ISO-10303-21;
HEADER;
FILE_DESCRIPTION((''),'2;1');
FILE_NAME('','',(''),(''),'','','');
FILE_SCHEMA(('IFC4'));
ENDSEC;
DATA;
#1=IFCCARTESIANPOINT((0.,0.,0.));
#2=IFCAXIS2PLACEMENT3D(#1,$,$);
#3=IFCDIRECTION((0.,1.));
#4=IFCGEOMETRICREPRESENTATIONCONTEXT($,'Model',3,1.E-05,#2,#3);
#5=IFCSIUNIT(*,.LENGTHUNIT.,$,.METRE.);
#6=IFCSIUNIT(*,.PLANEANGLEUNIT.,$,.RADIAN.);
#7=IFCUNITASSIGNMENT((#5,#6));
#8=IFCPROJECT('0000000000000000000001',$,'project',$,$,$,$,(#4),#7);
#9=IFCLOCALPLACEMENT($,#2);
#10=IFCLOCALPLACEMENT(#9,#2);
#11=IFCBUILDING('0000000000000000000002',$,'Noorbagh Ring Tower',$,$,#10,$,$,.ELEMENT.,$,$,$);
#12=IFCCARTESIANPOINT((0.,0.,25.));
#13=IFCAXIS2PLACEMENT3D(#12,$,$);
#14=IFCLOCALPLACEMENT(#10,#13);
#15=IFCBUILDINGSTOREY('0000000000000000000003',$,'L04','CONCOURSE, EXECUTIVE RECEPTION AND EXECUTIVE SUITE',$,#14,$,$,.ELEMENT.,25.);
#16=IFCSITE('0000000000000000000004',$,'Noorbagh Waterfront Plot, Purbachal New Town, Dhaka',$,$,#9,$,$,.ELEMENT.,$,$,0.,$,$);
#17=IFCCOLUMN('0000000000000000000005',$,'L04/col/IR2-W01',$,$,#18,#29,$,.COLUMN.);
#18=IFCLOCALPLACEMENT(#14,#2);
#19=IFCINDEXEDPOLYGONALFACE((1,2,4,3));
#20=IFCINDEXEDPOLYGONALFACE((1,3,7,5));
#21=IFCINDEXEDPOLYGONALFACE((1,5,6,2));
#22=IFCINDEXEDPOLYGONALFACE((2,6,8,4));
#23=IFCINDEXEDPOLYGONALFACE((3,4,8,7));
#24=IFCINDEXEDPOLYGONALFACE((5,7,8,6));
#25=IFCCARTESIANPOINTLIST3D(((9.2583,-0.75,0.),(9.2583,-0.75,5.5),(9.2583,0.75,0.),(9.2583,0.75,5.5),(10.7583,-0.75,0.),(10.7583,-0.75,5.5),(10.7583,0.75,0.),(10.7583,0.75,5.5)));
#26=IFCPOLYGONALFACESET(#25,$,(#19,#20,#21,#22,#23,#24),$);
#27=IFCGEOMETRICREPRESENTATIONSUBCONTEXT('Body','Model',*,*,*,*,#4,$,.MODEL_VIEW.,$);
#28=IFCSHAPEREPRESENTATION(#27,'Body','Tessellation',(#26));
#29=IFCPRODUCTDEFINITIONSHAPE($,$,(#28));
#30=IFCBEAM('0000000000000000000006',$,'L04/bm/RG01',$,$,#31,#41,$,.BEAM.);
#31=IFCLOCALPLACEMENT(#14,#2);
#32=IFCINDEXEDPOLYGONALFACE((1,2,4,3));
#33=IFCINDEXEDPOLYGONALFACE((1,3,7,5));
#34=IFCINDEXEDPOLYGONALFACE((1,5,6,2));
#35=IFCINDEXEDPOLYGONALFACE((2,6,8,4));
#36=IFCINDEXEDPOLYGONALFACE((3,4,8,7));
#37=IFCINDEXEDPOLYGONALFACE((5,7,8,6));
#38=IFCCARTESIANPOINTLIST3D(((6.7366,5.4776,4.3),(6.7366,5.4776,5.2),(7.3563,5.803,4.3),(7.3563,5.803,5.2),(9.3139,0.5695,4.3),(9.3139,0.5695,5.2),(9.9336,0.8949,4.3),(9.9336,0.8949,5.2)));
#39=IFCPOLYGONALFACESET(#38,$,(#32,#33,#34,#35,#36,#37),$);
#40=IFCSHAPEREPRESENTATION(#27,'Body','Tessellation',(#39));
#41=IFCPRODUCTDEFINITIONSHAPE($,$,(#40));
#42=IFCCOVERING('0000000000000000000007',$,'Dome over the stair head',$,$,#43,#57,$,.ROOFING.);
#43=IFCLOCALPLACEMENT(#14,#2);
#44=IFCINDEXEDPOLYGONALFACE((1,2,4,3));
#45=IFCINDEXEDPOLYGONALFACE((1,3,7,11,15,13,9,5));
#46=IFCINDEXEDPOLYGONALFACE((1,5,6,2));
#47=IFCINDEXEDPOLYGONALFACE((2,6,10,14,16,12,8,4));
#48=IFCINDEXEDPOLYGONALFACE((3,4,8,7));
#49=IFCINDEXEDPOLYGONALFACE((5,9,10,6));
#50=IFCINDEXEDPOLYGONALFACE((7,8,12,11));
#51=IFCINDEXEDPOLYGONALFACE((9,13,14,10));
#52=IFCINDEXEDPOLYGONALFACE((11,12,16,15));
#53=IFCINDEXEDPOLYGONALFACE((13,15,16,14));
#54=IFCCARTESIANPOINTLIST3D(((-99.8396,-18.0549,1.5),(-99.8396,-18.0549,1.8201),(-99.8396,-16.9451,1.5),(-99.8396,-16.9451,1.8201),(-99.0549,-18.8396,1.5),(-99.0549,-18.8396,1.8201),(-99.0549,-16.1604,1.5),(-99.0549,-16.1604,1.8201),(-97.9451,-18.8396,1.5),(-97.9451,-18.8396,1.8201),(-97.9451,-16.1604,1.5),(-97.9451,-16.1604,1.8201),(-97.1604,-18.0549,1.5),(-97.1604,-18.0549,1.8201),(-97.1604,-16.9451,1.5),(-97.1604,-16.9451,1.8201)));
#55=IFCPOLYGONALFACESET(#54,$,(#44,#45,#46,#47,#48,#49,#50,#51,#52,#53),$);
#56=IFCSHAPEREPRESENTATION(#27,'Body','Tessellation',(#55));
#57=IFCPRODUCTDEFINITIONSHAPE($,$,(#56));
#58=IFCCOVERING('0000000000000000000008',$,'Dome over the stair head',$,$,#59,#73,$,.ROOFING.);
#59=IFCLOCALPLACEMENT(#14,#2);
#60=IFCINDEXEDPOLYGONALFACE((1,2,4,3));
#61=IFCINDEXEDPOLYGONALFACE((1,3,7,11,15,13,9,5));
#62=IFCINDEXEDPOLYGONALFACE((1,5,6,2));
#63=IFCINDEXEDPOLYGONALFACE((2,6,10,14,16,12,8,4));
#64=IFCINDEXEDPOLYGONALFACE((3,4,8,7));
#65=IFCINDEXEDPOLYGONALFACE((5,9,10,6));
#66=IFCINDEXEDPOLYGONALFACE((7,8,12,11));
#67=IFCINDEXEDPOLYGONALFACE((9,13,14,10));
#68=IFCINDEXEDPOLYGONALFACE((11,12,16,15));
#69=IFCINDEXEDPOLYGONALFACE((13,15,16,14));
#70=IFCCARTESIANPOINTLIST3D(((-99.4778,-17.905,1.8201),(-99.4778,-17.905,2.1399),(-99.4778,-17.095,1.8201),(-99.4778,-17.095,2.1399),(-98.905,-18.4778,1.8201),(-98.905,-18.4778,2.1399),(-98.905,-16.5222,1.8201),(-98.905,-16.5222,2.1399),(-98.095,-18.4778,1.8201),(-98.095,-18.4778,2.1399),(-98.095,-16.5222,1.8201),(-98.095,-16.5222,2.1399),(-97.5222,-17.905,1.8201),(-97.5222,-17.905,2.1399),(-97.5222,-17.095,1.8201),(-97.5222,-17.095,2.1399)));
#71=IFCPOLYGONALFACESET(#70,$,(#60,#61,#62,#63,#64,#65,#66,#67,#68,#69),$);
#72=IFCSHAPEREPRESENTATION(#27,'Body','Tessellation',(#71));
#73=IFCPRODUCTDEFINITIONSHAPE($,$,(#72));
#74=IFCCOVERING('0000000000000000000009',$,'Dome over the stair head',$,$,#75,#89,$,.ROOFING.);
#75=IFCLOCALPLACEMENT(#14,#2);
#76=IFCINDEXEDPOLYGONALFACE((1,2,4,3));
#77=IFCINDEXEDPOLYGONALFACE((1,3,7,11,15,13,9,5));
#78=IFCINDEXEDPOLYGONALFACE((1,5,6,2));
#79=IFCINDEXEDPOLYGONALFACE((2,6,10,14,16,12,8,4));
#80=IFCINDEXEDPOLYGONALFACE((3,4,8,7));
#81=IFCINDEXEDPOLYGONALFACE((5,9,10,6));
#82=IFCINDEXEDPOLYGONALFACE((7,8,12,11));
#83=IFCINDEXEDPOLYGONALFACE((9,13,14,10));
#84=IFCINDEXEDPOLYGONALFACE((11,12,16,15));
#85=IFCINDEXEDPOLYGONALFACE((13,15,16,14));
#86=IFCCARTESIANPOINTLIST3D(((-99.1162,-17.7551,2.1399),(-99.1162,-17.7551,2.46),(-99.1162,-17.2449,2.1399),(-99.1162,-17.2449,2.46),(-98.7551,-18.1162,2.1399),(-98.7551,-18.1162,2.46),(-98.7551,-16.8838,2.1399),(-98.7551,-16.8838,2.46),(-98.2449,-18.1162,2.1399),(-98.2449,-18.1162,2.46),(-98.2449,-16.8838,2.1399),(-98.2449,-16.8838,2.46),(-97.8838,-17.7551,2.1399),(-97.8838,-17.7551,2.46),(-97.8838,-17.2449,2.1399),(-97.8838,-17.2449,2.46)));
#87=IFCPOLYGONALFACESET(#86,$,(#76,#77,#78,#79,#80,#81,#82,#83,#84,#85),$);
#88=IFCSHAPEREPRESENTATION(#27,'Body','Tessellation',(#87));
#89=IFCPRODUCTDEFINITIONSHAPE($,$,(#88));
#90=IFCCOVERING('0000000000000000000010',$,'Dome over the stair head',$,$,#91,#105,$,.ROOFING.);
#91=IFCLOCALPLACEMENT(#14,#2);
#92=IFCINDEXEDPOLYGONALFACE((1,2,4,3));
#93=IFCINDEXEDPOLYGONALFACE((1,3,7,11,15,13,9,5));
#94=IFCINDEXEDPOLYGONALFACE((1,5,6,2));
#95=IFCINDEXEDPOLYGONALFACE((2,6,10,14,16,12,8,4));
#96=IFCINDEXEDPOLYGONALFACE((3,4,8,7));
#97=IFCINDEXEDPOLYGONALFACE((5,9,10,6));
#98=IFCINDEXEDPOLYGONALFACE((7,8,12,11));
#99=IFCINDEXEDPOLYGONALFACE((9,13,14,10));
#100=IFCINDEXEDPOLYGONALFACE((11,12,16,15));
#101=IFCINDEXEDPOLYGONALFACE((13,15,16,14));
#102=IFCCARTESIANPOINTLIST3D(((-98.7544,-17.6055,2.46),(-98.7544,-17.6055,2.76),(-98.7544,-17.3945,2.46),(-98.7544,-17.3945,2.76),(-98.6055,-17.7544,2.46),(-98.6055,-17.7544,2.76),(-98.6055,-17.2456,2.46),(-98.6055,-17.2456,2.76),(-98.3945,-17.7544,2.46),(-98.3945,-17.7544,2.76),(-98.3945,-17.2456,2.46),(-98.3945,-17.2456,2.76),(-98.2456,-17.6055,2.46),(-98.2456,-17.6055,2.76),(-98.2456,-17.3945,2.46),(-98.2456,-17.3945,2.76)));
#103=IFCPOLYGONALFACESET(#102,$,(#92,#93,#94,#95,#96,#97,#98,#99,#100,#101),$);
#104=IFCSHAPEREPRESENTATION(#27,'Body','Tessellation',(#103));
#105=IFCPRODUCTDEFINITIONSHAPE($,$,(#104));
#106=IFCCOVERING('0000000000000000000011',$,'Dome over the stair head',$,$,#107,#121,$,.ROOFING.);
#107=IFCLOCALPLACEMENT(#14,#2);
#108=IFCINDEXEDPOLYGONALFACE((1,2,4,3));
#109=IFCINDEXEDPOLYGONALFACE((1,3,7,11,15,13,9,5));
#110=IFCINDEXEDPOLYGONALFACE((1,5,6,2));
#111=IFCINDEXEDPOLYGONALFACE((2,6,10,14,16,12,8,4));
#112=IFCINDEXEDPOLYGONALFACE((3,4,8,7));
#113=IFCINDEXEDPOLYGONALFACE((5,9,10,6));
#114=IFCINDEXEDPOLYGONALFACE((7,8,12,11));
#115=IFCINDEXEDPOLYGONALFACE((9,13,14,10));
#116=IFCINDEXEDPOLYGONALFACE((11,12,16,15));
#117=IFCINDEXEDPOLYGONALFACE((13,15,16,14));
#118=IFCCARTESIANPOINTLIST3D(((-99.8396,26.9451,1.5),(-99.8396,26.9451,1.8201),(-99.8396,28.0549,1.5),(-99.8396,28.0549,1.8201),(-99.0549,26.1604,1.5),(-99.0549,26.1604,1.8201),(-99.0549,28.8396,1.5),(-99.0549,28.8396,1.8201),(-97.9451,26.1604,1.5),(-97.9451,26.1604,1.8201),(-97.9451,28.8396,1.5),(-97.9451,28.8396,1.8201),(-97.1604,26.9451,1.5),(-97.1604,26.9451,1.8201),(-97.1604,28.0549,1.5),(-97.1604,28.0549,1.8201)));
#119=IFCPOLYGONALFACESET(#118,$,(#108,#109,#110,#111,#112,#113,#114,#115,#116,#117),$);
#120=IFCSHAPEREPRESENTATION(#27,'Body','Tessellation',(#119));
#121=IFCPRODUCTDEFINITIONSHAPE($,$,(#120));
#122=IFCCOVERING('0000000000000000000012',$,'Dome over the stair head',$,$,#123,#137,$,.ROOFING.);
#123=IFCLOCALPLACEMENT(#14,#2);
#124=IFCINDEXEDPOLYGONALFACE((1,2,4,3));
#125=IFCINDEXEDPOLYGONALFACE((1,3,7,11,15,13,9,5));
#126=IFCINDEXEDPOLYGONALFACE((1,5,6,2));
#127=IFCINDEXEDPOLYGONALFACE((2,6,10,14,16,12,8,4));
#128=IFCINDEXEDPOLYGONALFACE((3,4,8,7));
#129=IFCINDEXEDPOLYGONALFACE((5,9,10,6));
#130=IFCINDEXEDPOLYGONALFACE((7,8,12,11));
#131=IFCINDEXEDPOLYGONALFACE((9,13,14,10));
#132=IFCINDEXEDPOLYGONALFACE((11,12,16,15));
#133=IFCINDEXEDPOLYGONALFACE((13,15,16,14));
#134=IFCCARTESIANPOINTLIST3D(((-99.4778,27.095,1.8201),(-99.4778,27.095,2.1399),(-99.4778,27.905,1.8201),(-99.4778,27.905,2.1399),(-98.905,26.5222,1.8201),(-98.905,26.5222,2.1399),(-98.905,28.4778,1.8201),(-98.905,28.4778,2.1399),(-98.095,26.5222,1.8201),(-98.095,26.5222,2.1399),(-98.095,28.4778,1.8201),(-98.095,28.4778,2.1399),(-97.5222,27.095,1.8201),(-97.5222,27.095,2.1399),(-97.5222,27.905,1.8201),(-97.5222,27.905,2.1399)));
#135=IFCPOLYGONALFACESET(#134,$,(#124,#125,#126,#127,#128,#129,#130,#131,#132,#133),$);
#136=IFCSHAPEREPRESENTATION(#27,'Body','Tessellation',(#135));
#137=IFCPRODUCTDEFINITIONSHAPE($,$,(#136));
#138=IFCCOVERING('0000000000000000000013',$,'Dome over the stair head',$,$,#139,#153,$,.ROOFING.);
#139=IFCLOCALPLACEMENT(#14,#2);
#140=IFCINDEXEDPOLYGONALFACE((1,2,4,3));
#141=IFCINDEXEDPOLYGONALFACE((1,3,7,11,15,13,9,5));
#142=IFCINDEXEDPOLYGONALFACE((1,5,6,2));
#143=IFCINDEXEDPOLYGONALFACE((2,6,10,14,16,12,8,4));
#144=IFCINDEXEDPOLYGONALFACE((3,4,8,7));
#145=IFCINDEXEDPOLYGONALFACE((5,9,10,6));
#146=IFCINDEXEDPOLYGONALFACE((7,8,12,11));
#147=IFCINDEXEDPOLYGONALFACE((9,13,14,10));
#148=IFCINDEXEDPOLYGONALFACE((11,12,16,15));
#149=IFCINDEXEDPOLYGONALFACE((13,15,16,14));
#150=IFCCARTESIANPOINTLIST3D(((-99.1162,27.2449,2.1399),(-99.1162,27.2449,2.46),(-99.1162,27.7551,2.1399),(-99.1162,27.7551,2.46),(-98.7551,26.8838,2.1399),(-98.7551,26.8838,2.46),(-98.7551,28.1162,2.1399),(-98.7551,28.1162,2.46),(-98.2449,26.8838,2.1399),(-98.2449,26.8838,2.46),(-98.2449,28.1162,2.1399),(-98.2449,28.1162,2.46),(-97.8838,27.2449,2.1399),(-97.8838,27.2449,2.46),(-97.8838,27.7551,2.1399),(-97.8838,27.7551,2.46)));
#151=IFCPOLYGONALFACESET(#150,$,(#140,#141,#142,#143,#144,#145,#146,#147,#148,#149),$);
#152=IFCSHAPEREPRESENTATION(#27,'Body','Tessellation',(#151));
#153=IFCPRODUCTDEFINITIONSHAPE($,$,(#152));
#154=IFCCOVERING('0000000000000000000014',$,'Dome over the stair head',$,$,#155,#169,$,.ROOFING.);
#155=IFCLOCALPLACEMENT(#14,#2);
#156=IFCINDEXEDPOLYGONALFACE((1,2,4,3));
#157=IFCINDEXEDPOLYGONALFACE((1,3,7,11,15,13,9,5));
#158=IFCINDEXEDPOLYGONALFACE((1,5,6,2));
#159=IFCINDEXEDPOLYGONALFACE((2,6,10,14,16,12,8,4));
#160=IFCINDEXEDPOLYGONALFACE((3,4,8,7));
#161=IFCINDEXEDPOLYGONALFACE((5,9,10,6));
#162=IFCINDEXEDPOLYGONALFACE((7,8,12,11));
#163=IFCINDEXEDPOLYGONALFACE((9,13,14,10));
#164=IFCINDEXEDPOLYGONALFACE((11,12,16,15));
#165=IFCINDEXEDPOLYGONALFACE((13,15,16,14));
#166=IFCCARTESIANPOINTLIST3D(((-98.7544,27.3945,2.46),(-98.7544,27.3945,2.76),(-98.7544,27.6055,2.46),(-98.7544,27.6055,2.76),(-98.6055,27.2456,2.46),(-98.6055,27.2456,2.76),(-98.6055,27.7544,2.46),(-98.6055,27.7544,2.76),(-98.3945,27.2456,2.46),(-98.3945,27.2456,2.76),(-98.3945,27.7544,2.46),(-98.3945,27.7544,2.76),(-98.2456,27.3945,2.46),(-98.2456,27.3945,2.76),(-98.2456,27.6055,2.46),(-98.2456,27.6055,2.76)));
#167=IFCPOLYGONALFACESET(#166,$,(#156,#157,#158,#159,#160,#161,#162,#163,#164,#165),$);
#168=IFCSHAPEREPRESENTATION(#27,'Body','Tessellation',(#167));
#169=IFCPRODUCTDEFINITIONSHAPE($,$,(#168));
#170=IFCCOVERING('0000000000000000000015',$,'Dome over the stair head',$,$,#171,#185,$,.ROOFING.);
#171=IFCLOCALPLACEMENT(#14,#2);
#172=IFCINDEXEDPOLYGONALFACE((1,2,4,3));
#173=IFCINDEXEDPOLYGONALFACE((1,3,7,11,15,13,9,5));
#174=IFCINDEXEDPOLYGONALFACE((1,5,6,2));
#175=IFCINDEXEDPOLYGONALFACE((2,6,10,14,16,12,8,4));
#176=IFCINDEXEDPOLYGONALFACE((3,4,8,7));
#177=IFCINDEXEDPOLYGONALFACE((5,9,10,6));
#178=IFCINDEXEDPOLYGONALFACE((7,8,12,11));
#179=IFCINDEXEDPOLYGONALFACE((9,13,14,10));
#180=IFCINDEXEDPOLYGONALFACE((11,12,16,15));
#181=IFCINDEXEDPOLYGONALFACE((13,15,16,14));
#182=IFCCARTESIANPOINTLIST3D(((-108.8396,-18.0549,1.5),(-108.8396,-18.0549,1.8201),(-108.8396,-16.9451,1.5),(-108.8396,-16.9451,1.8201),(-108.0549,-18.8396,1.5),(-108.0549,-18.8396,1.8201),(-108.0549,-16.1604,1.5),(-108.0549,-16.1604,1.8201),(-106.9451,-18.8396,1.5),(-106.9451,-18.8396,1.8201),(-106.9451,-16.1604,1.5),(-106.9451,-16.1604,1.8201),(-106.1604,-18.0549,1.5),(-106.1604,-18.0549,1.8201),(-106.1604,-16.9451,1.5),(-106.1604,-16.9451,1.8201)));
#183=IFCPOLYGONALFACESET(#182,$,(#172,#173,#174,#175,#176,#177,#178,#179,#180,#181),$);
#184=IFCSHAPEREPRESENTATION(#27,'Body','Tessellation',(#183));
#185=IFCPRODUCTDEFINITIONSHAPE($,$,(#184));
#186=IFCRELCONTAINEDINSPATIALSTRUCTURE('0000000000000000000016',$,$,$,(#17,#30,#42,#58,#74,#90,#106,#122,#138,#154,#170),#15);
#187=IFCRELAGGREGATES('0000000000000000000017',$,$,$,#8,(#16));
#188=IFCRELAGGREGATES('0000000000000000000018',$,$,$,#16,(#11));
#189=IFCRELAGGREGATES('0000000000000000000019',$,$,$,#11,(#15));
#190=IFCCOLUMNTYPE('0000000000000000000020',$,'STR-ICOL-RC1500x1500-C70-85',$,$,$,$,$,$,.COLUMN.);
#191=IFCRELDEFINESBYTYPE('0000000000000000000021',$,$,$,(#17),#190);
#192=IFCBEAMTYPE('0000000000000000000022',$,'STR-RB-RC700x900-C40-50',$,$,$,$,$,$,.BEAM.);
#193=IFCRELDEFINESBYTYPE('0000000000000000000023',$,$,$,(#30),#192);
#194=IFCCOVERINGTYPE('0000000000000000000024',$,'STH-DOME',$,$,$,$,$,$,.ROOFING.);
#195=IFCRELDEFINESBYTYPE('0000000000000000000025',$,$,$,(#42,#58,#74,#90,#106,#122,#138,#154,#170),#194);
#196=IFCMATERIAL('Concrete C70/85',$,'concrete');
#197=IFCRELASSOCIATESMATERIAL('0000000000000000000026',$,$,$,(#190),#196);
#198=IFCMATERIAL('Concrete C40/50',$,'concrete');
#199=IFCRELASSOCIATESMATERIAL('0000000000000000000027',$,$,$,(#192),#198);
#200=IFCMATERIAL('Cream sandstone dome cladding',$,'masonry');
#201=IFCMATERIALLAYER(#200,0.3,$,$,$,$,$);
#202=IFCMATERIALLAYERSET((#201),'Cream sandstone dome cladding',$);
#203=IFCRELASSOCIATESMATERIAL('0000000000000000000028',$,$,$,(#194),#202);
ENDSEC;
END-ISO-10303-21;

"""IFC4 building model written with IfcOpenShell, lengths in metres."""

from ifc_helpers import new_model, si_unit, direction, frame, origin, origin_2d, place, context, subcontext, project, spatial, polyline, rectangle, outline, extrude, material, layer, layer_set, material_profile, profile_set, type_object, element, save


model = new_model("IFC4")

# Units and contexts
model_context = context("Model", 3, precision=1e-05, world=origin(), true_north=direction((0.0, 1.0)))
body_context = subcontext(model_context, "Body", "Model", "MODEL_VIEW")
ifc_project = project(units=[si_unit("LENGTHUNIT", "METRE"), si_unit("PLANEANGLEUNIT", "RADIAN")], contexts=[model_context])

# Site, building, storey
site_placement = place(None, origin())
site = spatial("IfcSite", under=ifc_project, at=site_placement, Name="Noorbagh Waterfront Plot, Purbachal New Town, Dhaka", CompositionType="ELEMENT", RefElevation=0.0)
building_placement = place(site_placement, origin())
building = spatial("IfcBuilding", under=site, at=building_placement, Name="Noorbagh Ring Tower", CompositionType="ELEMENT")
storey_placement = place(building_placement, frame((0.0, 0.0, 25.0)))
storey = spatial("IfcBuildingStorey", under=building, at=storey_placement, Name="L04", Description="CONCOURSE, EXECUTIVE RECEPTION AND EXECUTIVE SUITE", CompositionType="ELEMENT", Elevation=25.0)

# Column
ifc_material_1 = material(Name="Concrete C70/85", Category="concrete")
ifc_material_profile_1 = material_profile(ifc_material_1, rectangle(XDim=1.5, YDim=1.5, at=origin_2d()), Name="RC1500x1500")
ifc_profile_set_1 = profile_set([ifc_material_profile_1], Name="Concrete C70/85")
column_type = type_object("IfcColumnType", Name="STR-ICOL-RC1500x1500-C70-85", PredefinedType="COLUMN", material=ifc_profile_set_1)
column_placement = place(storey_placement, frame((10.0083, 0.0, 0.0), z_axis=(0.0, 0.0, 1.0), x_axis=(0.0, 1.0, 0.0)))
element("IfcColumn", 1, at=column_placement, inside=storey, type_object=column_type, Name="L04/col/IR2-W01", PredefinedType="COLUMN", context=body_context, shape_type="SweptSolid", body=[
    extrude(rectangle(XDim=1.5, YDim=1.5, at=origin_2d()), origin(), (0.0, 0.0, 1.0), 5.5),
])

# Beam
ifc_material_2 = material(Name="Concrete C40/50", Category="concrete")
ifc_material_profile_2 = material_profile(ifc_material_2, rectangle(XDim=0.7, YDim=0.8999, at=origin_2d()), Name="RC700x900")
ifc_profile_set_2 = profile_set([ifc_material_profile_2], Name="Concrete C40/50")
beam_type = type_object("IfcBeamType", Name="STR-RB-RC700x900-C40-50", PredefinedType="BEAM", material=ifc_profile_set_2)
beam_placement = place(storey_placement, frame((9.6238, 0.7322, 4.75), z_axis=(-0.464917, 0.885354, 0.0), x_axis=(-0.885354, -0.464917, 0.0)))
element("IfcBeam", 2, at=beam_placement, inside=storey, type_object=beam_type, Name="L04/bm/RG01", PredefinedType="BEAM", context=body_context, shape_type="SweptSolid", body=[
    extrude(rectangle(XDim=0.7, YDim=0.8999, at=origin_2d()), origin(), (0.0, 0.0, 1.0), 5.5437),
])

# Coverings
ifc_material_3 = material(Name="Cream sandstone dome cladding", Category="masonry")
ifc_layer_1 = layer(ifc_material_3, 0.3)
ifc_layer_set_1 = layer_set([ifc_layer_1], Name="Cream sandstone dome cladding")
covering_type_1 = type_object("IfcCoveringType", Name="STH-DOME", PredefinedType="ROOFING", material=ifc_layer_set_1)
covering_1_placement = place(storey_placement, frame((0.0, 0.0, 1.5)))
element("IfcCovering", 3, at=covering_1_placement, inside=storey, type_object=covering_type_1, Name="Dome over the stair head", PredefinedType="ROOFING", context=body_context, shape_type="SweptSolid", body=[
    extrude(outline(polyline([(-97.1604, -16.9451), (-97.9451, -16.1604), (-99.0549, -16.1604), (-99.8396, -16.9451), (-99.8396, -18.0549), (-99.0549, -18.8396), (-97.9451, -18.8396), (-97.1604, -18.0549), (-97.1604, -16.9451)])), origin(), (0.0, 0.0, 1.0), 0.3201),
])
covering_2_placement = place(storey_placement, frame((0.0, 0.0, 1.8201)))
element("IfcCovering", 4, at=covering_2_placement, inside=storey, type_object=covering_type_1, Name="Dome over the stair head", PredefinedType="ROOFING", context=body_context, shape_type="SweptSolid", body=[
    extrude(outline(polyline([(-97.5222, -17.095), (-98.095, -16.5222), (-98.905, -16.5222), (-99.4778, -17.095), (-99.4778, -17.905), (-98.905, -18.4778), (-98.095, -18.4778), (-97.5222, -17.905), (-97.5222, -17.095)])), origin(), (0.0, 0.0, 1.0), 0.3198),
])
covering_3_placement = place(storey_placement, frame((0.0, 0.0, 2.1399)))
element("IfcCovering", 5, at=covering_3_placement, inside=storey, type_object=covering_type_1, Name="Dome over the stair head", PredefinedType="ROOFING", context=body_context, shape_type="SweptSolid", body=[
    extrude(outline(polyline([(-97.8838, -17.2449), (-98.2449, -16.8838), (-98.7551, -16.8838), (-99.1162, -17.2449), (-99.1162, -17.7551), (-98.7551, -18.1162), (-98.2449, -18.1162), (-97.8838, -17.7551), (-97.8838, -17.2449)])), origin(), (0.0, 0.0, 1.0), 0.3201),
])
covering_4_placement = place(storey_placement, frame((0.0, 0.0, 2.46)))
element("IfcCovering", 6, at=covering_4_placement, inside=storey, type_object=covering_type_1, Name="Dome over the stair head", PredefinedType="ROOFING", context=body_context, shape_type="SweptSolid", body=[
    extrude(outline(polyline([(-98.2456, -17.3945), (-98.3945, -17.2456), (-98.6055, -17.2456), (-98.7544, -17.3945), (-98.7544, -17.6055), (-98.6055, -17.7544), (-98.3945, -17.7544), (-98.2456, -17.6055), (-98.2456, -17.3945)])), origin(), (0.0, 0.0, 1.0), 0.3),
])
covering_5_placement = place(storey_placement, frame((0.0, 0.0, 1.5)))
element("IfcCovering", 7, at=covering_5_placement, inside=storey, type_object=covering_type_1, Name="Dome over the stair head", PredefinedType="ROOFING", context=body_context, shape_type="SweptSolid", body=[
    extrude(outline(polyline([(-97.1604, 28.0549), (-97.9451, 28.8396), (-99.0549, 28.8396), (-99.8396, 28.0549), (-99.8396, 26.9451), (-99.0549, 26.1604), (-97.9451, 26.1604), (-97.1604, 26.9451), (-97.1604, 28.0549)])), origin(), (0.0, 0.0, 1.0), 0.3201),
])
covering_6_placement = place(storey_placement, frame((0.0, 0.0, 1.8201)))
element("IfcCovering", 8, at=covering_6_placement, inside=storey, type_object=covering_type_1, Name="Dome over the stair head", PredefinedType="ROOFING", context=body_context, shape_type="SweptSolid", body=[
    extrude(outline(polyline([(-97.5222, 27.905), (-98.095, 28.4778), (-98.905, 28.4778), (-99.4778, 27.905), (-99.4778, 27.095), (-98.905, 26.5222), (-98.095, 26.5222), (-97.5222, 27.095), (-97.5222, 27.905)])), origin(), (0.0, 0.0, 1.0), 0.3198),
])
covering_7_placement = place(storey_placement, frame((0.0, 0.0, 2.1399)))
element("IfcCovering", 9, at=covering_7_placement, inside=storey, type_object=covering_type_1, Name="Dome over the stair head", PredefinedType="ROOFING", context=body_context, shape_type="SweptSolid", body=[
    extrude(outline(polyline([(-97.8838, 27.7551), (-98.2449, 28.1162), (-98.7551, 28.1162), (-99.1162, 27.7551), (-99.1162, 27.2449), (-98.7551, 26.8838), (-98.2449, 26.8838), (-97.8838, 27.2449), (-97.8838, 27.7551)])), origin(), (0.0, 0.0, 1.0), 0.3201),
])
covering_8_placement = place(storey_placement, frame((0.0, 0.0, 2.46)))
element("IfcCovering", 10, at=covering_8_placement, inside=storey, type_object=covering_type_1, Name="Dome over the stair head", PredefinedType="ROOFING", context=body_context, shape_type="SweptSolid", body=[
    extrude(outline(polyline([(-98.2456, 27.6055), (-98.3945, 27.7544), (-98.6055, 27.7544), (-98.7544, 27.6055), (-98.7544, 27.3945), (-98.6055, 27.2456), (-98.3945, 27.2456), (-98.2456, 27.3945), (-98.2456, 27.6055)])), origin(), (0.0, 0.0, 1.0), 0.3),
])
covering_9_placement = place(storey_placement, frame((0.0, 0.0, 1.5)))
element("IfcCovering", 11, at=covering_9_placement, inside=storey, type_object=covering_type_1, Name="Dome over the stair head", PredefinedType="ROOFING", context=body_context, shape_type="SweptSolid", body=[
    extrude(outline(polyline([(-106.1604, -16.9451), (-106.9451, -16.1604), (-108.0549, -16.1604), (-108.8396, -16.9451), (-108.8396, -18.0549), (-108.0549, -18.8396), (-106.9451, -18.8396), (-106.1604, -18.0549), (-106.1604, -16.9451)])), origin(), (0.0, 0.0, 1.0), 0.3201),
])

save(model, "model.ifc")
